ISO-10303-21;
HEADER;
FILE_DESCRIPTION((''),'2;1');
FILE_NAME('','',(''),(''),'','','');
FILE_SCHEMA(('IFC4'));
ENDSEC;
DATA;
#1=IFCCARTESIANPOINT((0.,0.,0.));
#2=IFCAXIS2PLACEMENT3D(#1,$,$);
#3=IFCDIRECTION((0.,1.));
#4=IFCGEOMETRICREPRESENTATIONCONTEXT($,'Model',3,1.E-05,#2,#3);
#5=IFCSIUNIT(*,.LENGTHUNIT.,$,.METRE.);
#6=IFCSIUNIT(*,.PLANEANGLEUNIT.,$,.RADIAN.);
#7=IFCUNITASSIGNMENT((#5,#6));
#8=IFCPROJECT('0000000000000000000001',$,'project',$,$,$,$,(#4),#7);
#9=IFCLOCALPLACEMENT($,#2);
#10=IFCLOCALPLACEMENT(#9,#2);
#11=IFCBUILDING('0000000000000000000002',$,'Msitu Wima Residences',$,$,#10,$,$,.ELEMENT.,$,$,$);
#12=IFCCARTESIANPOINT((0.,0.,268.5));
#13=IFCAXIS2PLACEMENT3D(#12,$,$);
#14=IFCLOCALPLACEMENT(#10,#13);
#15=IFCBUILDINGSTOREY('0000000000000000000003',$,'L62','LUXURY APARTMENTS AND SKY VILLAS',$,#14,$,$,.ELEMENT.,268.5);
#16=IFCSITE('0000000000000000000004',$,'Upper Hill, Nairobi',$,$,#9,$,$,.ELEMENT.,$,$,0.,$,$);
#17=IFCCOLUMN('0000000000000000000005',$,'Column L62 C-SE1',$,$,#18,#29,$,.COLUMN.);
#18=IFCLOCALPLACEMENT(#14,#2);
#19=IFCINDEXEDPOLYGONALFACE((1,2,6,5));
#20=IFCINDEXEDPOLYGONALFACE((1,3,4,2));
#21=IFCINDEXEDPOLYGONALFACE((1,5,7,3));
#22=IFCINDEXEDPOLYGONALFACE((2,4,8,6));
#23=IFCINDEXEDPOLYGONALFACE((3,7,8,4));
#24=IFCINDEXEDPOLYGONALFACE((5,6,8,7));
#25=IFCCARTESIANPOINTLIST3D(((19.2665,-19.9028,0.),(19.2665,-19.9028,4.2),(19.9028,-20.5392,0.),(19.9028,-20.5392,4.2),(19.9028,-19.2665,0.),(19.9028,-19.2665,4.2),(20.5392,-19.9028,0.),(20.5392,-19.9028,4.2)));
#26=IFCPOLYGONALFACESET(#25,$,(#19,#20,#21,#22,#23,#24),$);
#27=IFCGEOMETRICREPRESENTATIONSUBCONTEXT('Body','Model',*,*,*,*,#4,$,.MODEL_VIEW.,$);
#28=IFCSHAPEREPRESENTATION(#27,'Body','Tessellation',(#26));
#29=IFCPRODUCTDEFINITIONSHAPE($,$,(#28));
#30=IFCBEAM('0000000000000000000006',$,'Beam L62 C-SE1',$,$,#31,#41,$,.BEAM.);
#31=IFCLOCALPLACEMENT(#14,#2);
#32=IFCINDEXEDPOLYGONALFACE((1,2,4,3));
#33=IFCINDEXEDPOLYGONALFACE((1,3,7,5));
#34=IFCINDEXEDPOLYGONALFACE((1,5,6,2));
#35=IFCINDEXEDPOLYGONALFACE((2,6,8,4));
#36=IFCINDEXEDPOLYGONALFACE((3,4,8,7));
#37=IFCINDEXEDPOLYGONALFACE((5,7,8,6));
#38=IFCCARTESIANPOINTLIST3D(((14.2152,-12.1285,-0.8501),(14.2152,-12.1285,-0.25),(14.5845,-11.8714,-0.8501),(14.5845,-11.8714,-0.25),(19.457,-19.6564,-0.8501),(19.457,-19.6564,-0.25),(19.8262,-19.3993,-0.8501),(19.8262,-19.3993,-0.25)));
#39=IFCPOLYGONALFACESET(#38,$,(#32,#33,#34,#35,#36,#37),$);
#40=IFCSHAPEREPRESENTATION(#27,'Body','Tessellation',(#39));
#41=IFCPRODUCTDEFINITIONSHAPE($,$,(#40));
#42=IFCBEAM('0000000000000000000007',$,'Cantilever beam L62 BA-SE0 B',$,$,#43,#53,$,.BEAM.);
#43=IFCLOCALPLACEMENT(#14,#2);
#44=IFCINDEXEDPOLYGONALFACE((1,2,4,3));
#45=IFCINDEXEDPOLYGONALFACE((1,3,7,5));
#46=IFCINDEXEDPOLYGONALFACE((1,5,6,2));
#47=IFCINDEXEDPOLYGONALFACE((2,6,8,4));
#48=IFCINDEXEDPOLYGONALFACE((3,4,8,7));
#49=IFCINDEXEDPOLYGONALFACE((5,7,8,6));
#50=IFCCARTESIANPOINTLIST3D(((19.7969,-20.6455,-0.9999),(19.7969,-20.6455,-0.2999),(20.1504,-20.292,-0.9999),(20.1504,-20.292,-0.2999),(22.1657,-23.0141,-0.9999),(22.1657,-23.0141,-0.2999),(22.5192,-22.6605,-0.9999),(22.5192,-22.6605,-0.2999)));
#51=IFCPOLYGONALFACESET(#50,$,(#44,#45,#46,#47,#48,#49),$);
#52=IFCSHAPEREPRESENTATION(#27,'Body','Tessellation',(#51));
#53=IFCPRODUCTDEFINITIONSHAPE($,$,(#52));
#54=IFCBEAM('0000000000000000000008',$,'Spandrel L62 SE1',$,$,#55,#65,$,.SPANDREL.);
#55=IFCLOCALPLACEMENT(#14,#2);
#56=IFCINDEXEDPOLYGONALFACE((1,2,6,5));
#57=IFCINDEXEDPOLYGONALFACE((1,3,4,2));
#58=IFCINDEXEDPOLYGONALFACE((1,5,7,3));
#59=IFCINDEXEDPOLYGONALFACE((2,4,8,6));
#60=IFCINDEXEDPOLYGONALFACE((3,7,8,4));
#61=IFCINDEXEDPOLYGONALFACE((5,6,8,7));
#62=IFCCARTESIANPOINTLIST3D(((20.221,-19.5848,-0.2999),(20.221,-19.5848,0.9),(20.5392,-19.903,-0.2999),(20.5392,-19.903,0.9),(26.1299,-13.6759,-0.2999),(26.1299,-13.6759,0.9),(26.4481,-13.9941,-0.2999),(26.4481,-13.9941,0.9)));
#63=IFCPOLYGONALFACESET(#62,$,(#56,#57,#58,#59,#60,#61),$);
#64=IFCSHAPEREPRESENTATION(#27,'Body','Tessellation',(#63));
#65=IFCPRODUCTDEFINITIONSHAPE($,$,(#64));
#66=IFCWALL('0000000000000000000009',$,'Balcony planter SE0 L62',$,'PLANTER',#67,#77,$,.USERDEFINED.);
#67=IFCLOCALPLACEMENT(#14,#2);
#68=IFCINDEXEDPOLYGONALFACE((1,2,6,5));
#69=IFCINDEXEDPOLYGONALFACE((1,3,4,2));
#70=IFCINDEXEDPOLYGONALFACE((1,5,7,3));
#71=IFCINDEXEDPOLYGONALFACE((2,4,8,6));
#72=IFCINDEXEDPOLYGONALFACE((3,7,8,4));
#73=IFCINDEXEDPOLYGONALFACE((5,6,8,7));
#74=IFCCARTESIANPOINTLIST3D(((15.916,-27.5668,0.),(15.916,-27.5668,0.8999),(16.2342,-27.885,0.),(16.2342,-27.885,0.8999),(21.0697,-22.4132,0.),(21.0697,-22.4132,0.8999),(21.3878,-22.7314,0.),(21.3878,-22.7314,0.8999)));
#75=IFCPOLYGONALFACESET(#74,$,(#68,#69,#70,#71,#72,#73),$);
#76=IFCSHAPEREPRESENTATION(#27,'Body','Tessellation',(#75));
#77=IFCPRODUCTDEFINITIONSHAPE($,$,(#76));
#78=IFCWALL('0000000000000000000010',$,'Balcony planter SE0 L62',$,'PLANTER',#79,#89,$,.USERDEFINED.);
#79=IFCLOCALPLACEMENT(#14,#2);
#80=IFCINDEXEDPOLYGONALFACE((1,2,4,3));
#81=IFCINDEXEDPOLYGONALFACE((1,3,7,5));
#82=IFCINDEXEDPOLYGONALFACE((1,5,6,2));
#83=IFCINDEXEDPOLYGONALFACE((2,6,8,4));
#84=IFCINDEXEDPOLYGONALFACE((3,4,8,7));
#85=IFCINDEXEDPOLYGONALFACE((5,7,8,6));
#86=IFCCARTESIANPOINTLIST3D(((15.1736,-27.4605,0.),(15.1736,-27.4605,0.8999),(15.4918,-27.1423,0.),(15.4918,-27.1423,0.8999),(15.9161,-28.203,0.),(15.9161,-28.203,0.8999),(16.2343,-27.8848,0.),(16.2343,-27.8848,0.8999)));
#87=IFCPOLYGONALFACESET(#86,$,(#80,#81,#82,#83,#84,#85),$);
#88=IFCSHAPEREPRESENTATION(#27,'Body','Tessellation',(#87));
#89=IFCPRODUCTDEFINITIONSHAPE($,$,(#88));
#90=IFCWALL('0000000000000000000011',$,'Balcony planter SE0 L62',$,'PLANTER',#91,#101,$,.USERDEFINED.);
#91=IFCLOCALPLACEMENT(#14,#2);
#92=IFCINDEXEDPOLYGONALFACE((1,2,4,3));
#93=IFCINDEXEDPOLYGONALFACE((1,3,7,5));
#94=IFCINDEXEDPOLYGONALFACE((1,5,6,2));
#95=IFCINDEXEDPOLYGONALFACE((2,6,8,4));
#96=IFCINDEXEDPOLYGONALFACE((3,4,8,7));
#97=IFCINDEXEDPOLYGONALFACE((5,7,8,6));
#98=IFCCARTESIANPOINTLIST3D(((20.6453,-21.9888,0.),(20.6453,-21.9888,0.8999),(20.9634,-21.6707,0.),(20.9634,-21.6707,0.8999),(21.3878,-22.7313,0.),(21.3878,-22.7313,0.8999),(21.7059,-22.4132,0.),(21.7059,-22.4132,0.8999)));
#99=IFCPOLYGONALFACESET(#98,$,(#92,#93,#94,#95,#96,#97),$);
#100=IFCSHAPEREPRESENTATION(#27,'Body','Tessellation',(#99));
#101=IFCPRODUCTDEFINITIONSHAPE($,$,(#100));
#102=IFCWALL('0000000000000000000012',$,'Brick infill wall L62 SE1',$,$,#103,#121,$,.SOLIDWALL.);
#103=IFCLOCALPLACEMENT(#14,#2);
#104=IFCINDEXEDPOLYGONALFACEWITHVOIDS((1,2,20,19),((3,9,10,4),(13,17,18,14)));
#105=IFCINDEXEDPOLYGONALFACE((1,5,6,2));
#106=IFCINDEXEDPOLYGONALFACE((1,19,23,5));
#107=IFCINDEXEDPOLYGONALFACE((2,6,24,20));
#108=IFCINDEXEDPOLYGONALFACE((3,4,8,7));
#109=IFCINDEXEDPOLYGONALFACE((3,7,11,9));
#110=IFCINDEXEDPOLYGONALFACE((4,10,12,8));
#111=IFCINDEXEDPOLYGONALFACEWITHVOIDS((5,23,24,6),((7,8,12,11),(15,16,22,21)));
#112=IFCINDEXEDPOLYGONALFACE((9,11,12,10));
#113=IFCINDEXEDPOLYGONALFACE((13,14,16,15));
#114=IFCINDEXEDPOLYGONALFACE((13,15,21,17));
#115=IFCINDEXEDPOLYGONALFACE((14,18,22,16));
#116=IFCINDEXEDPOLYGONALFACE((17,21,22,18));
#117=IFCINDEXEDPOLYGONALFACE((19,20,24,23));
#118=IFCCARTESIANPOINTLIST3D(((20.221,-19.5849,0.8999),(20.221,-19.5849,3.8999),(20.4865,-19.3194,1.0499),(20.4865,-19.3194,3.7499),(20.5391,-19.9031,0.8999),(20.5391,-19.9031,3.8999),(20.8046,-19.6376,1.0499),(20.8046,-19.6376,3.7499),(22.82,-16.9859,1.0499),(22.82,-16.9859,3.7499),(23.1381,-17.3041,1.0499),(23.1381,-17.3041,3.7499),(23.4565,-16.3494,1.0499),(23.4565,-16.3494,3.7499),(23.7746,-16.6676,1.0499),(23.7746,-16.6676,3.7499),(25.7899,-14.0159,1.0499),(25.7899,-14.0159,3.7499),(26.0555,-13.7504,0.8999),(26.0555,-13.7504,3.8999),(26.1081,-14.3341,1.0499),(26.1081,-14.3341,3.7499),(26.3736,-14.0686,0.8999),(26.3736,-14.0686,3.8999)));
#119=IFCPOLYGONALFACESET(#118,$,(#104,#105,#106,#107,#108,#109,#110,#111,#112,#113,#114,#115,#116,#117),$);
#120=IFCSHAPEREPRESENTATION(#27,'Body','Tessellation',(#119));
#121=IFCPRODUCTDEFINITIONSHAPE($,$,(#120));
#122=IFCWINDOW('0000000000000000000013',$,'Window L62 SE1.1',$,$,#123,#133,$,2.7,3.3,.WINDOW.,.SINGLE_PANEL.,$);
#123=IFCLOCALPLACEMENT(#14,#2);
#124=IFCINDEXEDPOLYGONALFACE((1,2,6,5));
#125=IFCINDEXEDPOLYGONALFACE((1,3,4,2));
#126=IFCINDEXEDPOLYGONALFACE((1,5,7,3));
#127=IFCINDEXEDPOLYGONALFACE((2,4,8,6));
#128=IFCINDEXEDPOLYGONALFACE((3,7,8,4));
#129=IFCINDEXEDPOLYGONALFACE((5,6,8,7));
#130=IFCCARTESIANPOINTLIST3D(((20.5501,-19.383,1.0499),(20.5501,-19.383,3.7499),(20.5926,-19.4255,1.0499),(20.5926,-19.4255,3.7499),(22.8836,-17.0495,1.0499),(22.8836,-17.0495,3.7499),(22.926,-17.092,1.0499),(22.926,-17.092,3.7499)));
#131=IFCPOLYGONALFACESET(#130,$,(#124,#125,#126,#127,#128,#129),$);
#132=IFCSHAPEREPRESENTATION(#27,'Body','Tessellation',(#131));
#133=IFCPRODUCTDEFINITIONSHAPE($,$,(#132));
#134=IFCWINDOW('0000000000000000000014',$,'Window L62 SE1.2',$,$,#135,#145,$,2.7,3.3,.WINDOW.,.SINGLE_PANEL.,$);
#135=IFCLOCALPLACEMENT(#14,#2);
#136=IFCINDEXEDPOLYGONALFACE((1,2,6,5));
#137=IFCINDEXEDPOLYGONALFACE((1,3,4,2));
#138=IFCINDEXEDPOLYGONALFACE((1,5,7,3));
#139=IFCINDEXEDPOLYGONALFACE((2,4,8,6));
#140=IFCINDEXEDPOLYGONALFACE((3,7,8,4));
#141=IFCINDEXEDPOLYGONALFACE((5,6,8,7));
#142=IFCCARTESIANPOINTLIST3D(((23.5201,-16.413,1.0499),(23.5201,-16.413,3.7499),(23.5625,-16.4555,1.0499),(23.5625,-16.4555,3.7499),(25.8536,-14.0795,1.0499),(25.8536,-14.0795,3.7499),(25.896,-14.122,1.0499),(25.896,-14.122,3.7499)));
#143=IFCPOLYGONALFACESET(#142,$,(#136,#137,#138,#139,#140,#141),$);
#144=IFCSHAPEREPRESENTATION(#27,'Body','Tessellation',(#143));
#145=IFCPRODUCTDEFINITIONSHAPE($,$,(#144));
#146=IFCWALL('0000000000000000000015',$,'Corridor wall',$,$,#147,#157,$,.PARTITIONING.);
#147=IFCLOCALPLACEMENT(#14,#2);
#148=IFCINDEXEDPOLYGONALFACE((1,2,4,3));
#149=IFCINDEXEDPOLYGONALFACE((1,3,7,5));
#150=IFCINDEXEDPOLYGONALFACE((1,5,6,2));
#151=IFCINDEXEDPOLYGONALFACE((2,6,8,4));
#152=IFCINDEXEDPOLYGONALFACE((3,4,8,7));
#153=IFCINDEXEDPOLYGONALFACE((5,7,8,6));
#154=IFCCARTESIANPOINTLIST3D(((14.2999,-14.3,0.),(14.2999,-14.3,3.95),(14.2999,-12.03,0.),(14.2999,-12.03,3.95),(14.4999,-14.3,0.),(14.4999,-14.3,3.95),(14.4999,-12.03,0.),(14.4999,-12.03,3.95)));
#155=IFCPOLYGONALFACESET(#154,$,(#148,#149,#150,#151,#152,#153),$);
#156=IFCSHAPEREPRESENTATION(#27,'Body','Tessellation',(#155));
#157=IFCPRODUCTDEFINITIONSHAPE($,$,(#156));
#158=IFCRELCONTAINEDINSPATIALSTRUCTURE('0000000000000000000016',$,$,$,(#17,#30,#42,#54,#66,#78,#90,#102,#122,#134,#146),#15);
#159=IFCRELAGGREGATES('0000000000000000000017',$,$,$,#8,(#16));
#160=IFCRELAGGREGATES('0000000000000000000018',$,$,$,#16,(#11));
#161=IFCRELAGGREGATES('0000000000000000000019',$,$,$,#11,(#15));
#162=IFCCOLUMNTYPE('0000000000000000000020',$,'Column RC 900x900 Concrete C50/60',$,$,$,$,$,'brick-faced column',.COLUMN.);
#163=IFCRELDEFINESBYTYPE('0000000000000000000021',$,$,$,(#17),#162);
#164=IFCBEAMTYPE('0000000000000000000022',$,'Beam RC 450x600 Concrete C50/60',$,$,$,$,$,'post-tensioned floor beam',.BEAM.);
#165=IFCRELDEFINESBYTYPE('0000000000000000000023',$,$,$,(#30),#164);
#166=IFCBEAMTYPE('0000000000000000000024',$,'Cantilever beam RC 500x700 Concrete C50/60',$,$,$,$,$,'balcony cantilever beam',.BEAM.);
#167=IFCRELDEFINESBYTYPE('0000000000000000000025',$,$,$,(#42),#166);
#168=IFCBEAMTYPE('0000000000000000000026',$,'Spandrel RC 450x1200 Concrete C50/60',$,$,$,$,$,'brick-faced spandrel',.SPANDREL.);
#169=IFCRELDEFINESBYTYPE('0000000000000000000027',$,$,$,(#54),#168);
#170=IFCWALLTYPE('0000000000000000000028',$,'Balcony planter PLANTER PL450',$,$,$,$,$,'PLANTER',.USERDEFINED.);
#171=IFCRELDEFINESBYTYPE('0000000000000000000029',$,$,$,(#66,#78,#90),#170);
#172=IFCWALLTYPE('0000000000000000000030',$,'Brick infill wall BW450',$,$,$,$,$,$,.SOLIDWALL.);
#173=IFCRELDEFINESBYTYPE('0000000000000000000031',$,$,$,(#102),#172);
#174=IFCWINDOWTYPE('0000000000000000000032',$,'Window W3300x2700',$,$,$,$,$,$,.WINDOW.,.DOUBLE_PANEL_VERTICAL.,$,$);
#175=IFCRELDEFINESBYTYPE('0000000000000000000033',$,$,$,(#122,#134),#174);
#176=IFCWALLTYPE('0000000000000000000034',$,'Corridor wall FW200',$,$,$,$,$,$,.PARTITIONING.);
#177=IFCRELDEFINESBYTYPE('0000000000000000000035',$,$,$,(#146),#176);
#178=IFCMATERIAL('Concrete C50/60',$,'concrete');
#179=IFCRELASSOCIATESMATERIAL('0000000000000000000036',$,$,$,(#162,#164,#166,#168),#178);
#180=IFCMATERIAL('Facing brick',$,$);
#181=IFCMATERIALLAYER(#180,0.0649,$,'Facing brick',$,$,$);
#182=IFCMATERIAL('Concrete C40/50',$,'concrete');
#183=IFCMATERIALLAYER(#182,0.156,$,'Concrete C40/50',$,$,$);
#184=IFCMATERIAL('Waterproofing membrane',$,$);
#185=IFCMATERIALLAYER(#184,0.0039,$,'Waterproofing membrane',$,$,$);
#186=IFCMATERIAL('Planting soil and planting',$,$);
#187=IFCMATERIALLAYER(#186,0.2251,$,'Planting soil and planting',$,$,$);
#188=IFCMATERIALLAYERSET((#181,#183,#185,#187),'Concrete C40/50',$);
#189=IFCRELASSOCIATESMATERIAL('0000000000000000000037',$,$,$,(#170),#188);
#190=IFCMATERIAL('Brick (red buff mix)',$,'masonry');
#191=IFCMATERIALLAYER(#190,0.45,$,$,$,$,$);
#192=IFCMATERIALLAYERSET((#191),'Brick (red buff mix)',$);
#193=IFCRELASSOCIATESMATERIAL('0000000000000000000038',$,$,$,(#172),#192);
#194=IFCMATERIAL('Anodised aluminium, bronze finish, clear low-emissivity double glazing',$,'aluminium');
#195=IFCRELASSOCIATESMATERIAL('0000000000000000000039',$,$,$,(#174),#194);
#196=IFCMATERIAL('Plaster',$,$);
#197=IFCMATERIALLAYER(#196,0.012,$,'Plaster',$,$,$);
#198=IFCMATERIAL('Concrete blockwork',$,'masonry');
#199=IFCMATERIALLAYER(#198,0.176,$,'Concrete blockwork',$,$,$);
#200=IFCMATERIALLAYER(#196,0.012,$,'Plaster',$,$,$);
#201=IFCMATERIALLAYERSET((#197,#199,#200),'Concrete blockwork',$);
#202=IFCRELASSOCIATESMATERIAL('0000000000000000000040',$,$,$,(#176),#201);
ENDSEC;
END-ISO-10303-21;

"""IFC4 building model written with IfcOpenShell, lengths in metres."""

from ifc_helpers import new_model, si_unit, direction, frame, frame_2d, origin, origin_2d, place, context, subcontext, project, spatial, rectangle, extrude, material, layer, layer_set, material_profile, profile_set, type_object, element, fill, save


model = new_model("IFC4")

# Units and contexts
model_context = context("Model", 3, precision=1e-05, world=origin(), true_north=direction((0.0, 1.0)))
body_context = subcontext(model_context, "Body", "Model", "MODEL_VIEW")
ifc_project = project(units=[si_unit("LENGTHUNIT", "METRE"), si_unit("PLANEANGLEUNIT", "RADIAN")], contexts=[model_context])

# Site, building, storey
site_placement = place(None, origin())
site = spatial("IfcSite", under=ifc_project, at=site_placement, Name="Upper Hill, Nairobi", CompositionType="ELEMENT", RefElevation=0.0)
building_placement = place(site_placement, origin())
building = spatial("IfcBuilding", under=site, at=building_placement, Name="Msitu Wima Residences", CompositionType="ELEMENT")
storey_placement = place(building_placement, frame((0.0, 0.0, 268.5)))
storey = spatial("IfcBuildingStorey", under=building, at=storey_placement, Name="L62", Description="LUXURY APARTMENTS AND SKY VILLAS", CompositionType="ELEMENT", Elevation=268.5)

# Column
ifc_material_1 = material(Name="Concrete C50/60", Category="concrete")
ifc_material_profile_1 = material_profile(ifc_material_1, rectangle(XDim=0.8999, YDim=0.8999, at=origin_2d()), Name="RC 900x900")
ifc_profile_set_1 = profile_set([ifc_material_profile_1], Name="Concrete C50/60")
column_type = type_object("IfcColumnType", Name="Column RC 900x900 Concrete C50/60", ElementType="brick-faced column", PredefinedType="COLUMN", material=ifc_profile_set_1)
column_placement = place(storey_placement, frame((19.9028, -19.9028, 0.0), z_axis=(0.0, 0.0, 1.0), x_axis=(0.707107, 0.707107, 0.0)))
element("IfcColumn", 1, at=column_placement, inside=storey, type_object=column_type, Name="Column L62 C-SE1", PredefinedType="COLUMN", context=body_context, shape_type="SweptSolid", body=[
    extrude(rectangle(XDim=0.8999, YDim=0.8999, at=origin_2d()), origin(), (0.0, 0.0, 1.0), 4.2),
])

# Beams
ifc_material_profile_2 = material_profile(ifc_material_1, rectangle(XDim=0.45, YDim=0.6001, at=origin_2d()), Name="RC 450x600")
ifc_profile_set_2 = profile_set([ifc_material_profile_2], Name="Concrete C50/60")
beam_type_1 = type_object("IfcBeamType", Name="Beam RC 450x600 Concrete C50/60", ElementType="post-tensioned floor beam", PredefinedType="BEAM", material=ifc_profile_set_2)
beam_1_placement = place(storey_placement, frame((19.6416, -19.5278, -0.55), z_axis=(-0.571428, 0.820652, 0.0), x_axis=(-0.820652, -0.571428, 0.0)))
element("IfcBeam", 2, at=beam_1_placement, inside=storey, type_object=beam_type_1, Name="Beam L62 C-SE1", PredefinedType="BEAM", context=body_context, shape_type="SweptSolid", body=[
    extrude(rectangle(XDim=0.45, YDim=0.6001, at=origin_2d()), origin(), (0.0, 0.0, 1.0), 9.1731),
])
ifc_material_profile_3 = material_profile(ifc_material_1, rectangle(XDim=0.5, YDim=0.7, at=origin_2d()), Name="RC 500x700")
ifc_profile_set_3 = profile_set([ifc_material_profile_3], Name="Concrete C50/60")
beam_type_2 = type_object("IfcBeamType", Name="Cantilever beam RC 500x700 Concrete C50/60", ElementType="balcony cantilever beam", PredefinedType="BEAM", material=ifc_profile_set_3)
beam_2_placement = place(storey_placement, frame((19.9736, -20.4688, -0.6499), z_axis=(0.707143, -0.70707, 0.0), x_axis=(0.70707, 0.707143, 0.0)))
element("IfcBeam", 3, at=beam_2_placement, inside=storey, type_object=beam_type_2, Name="Cantilever beam L62 BA-SE0 B", PredefinedType="BEAM", context=body_context, shape_type="SweptSolid", body=[
    extrude(rectangle(XDim=0.5, YDim=0.7, at=origin_2d()), origin(), (0.0, 0.0, 1.0), 3.3499),
])
ifc_material_profile_4 = material_profile(ifc_material_1, rectangle(XDim=0.45, YDim=1.2, at=origin_2d()), Name="RC 450x1200")
ifc_profile_set_4 = profile_set([ifc_material_profile_4], Name="Concrete C50/60")
beam_type_3 = type_object("IfcBeamType", Name="Spandrel RC 450x1200 Concrete C50/60", ElementType="brick-faced spandrel", PredefinedType="SPANDREL", material=ifc_profile_set_4)
beam_3_placement = place(storey_placement, frame((20.3801, -19.7439, 0.3), z_axis=(0.707107, 0.707107, 0.0), x_axis=(-0.707107, 0.707107, 0.0)))
element("IfcBeam", 4, at=beam_3_placement, inside=storey, type_object=beam_type_3, Name="Spandrel L62 SE1", PredefinedType="SPANDREL", context=body_context, shape_type="SweptSolid", body=[
    extrude(rectangle(XDim=0.45, YDim=1.2, at=origin_2d()), origin(), (0.0, 0.0, 1.0), 8.3564),
])

# Walls
ifc_material_2 = material(Name="Facing brick")
ifc_layer_1 = layer(ifc_material_2, 0.0649, Name="Facing brick")
ifc_material_3 = material(Name="Concrete C40/50", Category="concrete")
ifc_layer_2 = layer(ifc_material_3, 0.156, Name="Concrete C40/50")
ifc_material_4 = material(Name="Waterproofing membrane")
ifc_layer_3 = layer(ifc_material_4, 0.0039, Name="Waterproofing membrane")
ifc_material_5 = material(Name="Planting soil and planting")
ifc_layer_4 = layer(ifc_material_5, 0.2251, Name="Planting soil and planting")
ifc_layer_set_1 = layer_set([ifc_layer_1, ifc_layer_2, ifc_layer_3, ifc_layer_4], Name="Concrete C40/50")
wall_type_1 = type_object("IfcWallType", Name="Balcony planter PLANTER PL450", ElementType="PLANTER", PredefinedType="USERDEFINED", material=ifc_layer_set_1)
wall_1_placement = place(storey_placement, frame((16.0752, -27.7258, 0.0), z_axis=(0.0, 0.0, 1.0), x_axis=(0.707107, 0.707107, 0.0)))
element("IfcWall", 5, at=wall_1_placement, inside=storey, type_object=wall_type_1, Name="Balcony planter SE0 L62", ObjectType="PLANTER", PredefinedType="USERDEFINED", context=body_context, shape_type="SweptSolid", body=[
    extrude(rectangle(XDim=7.2883, YDim=0.45, at=frame_2d((3.644, 0.0))), origin(), (0.0, 0.0, 1.0), 0.8999),
])
for number, where, z_axis, x_axis, name in (
    (6, (15.3328, -27.3015, 0.0), (0.0, 0.0, 1.0), (0.707107, -0.707107, 0.0), "Balcony planter SE0 L62"),
    (7, (20.8044, -21.8298, 0.0), (0.0, 0.0, 1.0), (0.707107, -0.707107, 0.0), "Balcony planter SE0 L62"),
):
    element("IfcWall", number, at=place(storey_placement, frame(where, z_axis=z_axis, x_axis=x_axis)), inside=storey, type_object=wall_type_1, Name=name, ObjectType="PLANTER", PredefinedType="USERDEFINED", context=body_context, shape_type="SweptSolid", body=[
        extrude(rectangle(XDim=1.05, YDim=0.45, at=frame_2d((0.5249, 0.0))), origin(), (0.0, 0.0, 1.0), 0.8999),
    ])

# Wall, openings, windows
ifc_material_6 = material(Name="Brick (red buff mix)", Category="masonry")
ifc_layer_5 = layer(ifc_material_6, 0.45)
ifc_layer_set_2 = layer_set([ifc_layer_5], Name="Brick (red buff mix)")
wall_type_2 = type_object("IfcWallType", Name="Brick infill wall BW450", PredefinedType="SOLIDWALL", material=ifc_layer_set_2)
wall_2_placement = place(storey_placement, frame((20.3801, -19.7439, 0.8999), z_axis=(0.0, 0.0, 1.0), x_axis=(0.707107, 0.707107, 0.0)))
wall_2 = element("IfcWall", 8, at=wall_2_placement, inside=storey, type_object=wall_type_2, Name="Brick infill wall L62 SE1", PredefinedType="SOLIDWALL", context=body_context, shape_type="SweptSolid", body=[
    extrude(rectangle(XDim=8.2512, YDim=0.45, at=frame_2d((4.1255, 0.0))), origin(), (0.0, 0.0, 1.0), 3.0),
])
opening_1_placement = place(wall_2_placement, frame((0.3755, 0.0, 0.1499)))
opening_1 = element("IfcOpeningElement", 9, at=opening_1_placement, cuts=wall_2, PredefinedType="OPENING", context=body_context, shape_type="SweptSolid", body=[
    extrude(rectangle(XDim=3.3, YDim=2.7, at=frame_2d((1.6499, 1.3501))), frame((0.0, 0.2349, 0.0), z_axis=(0.0, -1.0, 0.0), x_axis=(1.0, 0.0, 0.0)), (0.0, 0.0, 1.0), 0.47),
])
opening_2_placement = place(wall_2_placement, frame((4.5757, 0.0, 0.1499)))
opening_2 = element("IfcOpeningElement", 10, at=opening_2_placement, cuts=wall_2, PredefinedType="OPENING", context=body_context, shape_type="SweptSolid", body=[
    extrude(rectangle(XDim=3.3, YDim=2.7, at=frame_2d((1.6499, 1.3501))), frame((0.0, 0.2349, 0.0), z_axis=(0.0, -1.0, 0.0), x_axis=(1.0, 0.0, 0.0)), (0.0, 0.0, 1.0), 0.47),
])
ifc_material_7 = material(Name="Anodised aluminium, bronze finish, clear low-emissivity double glazing", Category="aluminium")
window_type = type_object("IfcWindowType", Name="Window W3300x2700", PartitioningType="DOUBLE_PANEL_VERTICAL", PredefinedType="WINDOW", material=ifc_material_7)
window_1_placement = place(opening_1_placement, origin())
window_1 = element("IfcWindow", 11, at=window_1_placement, inside=storey, type_object=window_type, Name="Window L62 SE1.1", OverallHeight=2.7, OverallWidth=3.3, PartitioningType="SINGLE_PANEL", PredefinedType="WINDOW", context=body_context, shape_type="SweptSolid", body=[
    extrude(rectangle(XDim=3.3, YDim=2.7, at=frame_2d((1.6499, 1.3501))), frame((0.0, 0.135, 0.0), z_axis=(0.0, -1.0, 0.0), x_axis=(1.0, 0.0, 0.0)), (0.0, 0.0, 1.0), 0.0601),
])
fill(opening_1, window_1)
window_2_placement = place(opening_2_placement, origin())
window_2 = element("IfcWindow", 12, at=window_2_placement, inside=storey, type_object=window_type, Name="Window L62 SE1.2", OverallHeight=2.7, OverallWidth=3.3, PartitioningType="SINGLE_PANEL", PredefinedType="WINDOW", context=body_context, shape_type="SweptSolid", body=[
    extrude(rectangle(XDim=3.3, YDim=2.7, at=frame_2d((1.6499, 1.3501))), frame((0.0, 0.135, 0.0), z_axis=(0.0, -1.0, 0.0), x_axis=(1.0, 0.0, 0.0)), (0.0, 0.0, 1.0), 0.0601),
])
fill(opening_2, window_2)

# Wall
ifc_material_8 = material(Name="Plaster")
ifc_layer_6 = layer(ifc_material_8, 0.012, Name="Plaster")
ifc_material_9 = material(Name="Concrete blockwork", Category="masonry")
ifc_layer_7 = layer(ifc_material_9, 0.176, Name="Concrete blockwork")
ifc_layer_8 = layer(ifc_material_8, 0.012, Name="Plaster")
ifc_layer_set_3 = layer_set([ifc_layer_6, ifc_layer_7, ifc_layer_8], Name="Concrete blockwork")
wall_type_3 = type_object("IfcWallType", Name="Corridor wall FW200", PredefinedType="PARTITIONING", material=ifc_layer_set_3)
wall_3_placement = place(storey_placement, frame((14.3999, -14.3, 0.0), z_axis=(0.0, 0.0, 1.0), x_axis=(0.0, 1.0, 0.0)))
element("IfcWall", 13, at=wall_3_placement, inside=storey, type_object=wall_type_3, Name="Corridor wall", PredefinedType="PARTITIONING", context=body_context, shape_type="SweptSolid", body=[
    extrude(rectangle(XDim=2.27, YDim=0.2, at=frame_2d((1.135, 0.0))), origin(), (0.0, 0.0, 1.0), 3.95),
])

save(model, "model.ifc")
